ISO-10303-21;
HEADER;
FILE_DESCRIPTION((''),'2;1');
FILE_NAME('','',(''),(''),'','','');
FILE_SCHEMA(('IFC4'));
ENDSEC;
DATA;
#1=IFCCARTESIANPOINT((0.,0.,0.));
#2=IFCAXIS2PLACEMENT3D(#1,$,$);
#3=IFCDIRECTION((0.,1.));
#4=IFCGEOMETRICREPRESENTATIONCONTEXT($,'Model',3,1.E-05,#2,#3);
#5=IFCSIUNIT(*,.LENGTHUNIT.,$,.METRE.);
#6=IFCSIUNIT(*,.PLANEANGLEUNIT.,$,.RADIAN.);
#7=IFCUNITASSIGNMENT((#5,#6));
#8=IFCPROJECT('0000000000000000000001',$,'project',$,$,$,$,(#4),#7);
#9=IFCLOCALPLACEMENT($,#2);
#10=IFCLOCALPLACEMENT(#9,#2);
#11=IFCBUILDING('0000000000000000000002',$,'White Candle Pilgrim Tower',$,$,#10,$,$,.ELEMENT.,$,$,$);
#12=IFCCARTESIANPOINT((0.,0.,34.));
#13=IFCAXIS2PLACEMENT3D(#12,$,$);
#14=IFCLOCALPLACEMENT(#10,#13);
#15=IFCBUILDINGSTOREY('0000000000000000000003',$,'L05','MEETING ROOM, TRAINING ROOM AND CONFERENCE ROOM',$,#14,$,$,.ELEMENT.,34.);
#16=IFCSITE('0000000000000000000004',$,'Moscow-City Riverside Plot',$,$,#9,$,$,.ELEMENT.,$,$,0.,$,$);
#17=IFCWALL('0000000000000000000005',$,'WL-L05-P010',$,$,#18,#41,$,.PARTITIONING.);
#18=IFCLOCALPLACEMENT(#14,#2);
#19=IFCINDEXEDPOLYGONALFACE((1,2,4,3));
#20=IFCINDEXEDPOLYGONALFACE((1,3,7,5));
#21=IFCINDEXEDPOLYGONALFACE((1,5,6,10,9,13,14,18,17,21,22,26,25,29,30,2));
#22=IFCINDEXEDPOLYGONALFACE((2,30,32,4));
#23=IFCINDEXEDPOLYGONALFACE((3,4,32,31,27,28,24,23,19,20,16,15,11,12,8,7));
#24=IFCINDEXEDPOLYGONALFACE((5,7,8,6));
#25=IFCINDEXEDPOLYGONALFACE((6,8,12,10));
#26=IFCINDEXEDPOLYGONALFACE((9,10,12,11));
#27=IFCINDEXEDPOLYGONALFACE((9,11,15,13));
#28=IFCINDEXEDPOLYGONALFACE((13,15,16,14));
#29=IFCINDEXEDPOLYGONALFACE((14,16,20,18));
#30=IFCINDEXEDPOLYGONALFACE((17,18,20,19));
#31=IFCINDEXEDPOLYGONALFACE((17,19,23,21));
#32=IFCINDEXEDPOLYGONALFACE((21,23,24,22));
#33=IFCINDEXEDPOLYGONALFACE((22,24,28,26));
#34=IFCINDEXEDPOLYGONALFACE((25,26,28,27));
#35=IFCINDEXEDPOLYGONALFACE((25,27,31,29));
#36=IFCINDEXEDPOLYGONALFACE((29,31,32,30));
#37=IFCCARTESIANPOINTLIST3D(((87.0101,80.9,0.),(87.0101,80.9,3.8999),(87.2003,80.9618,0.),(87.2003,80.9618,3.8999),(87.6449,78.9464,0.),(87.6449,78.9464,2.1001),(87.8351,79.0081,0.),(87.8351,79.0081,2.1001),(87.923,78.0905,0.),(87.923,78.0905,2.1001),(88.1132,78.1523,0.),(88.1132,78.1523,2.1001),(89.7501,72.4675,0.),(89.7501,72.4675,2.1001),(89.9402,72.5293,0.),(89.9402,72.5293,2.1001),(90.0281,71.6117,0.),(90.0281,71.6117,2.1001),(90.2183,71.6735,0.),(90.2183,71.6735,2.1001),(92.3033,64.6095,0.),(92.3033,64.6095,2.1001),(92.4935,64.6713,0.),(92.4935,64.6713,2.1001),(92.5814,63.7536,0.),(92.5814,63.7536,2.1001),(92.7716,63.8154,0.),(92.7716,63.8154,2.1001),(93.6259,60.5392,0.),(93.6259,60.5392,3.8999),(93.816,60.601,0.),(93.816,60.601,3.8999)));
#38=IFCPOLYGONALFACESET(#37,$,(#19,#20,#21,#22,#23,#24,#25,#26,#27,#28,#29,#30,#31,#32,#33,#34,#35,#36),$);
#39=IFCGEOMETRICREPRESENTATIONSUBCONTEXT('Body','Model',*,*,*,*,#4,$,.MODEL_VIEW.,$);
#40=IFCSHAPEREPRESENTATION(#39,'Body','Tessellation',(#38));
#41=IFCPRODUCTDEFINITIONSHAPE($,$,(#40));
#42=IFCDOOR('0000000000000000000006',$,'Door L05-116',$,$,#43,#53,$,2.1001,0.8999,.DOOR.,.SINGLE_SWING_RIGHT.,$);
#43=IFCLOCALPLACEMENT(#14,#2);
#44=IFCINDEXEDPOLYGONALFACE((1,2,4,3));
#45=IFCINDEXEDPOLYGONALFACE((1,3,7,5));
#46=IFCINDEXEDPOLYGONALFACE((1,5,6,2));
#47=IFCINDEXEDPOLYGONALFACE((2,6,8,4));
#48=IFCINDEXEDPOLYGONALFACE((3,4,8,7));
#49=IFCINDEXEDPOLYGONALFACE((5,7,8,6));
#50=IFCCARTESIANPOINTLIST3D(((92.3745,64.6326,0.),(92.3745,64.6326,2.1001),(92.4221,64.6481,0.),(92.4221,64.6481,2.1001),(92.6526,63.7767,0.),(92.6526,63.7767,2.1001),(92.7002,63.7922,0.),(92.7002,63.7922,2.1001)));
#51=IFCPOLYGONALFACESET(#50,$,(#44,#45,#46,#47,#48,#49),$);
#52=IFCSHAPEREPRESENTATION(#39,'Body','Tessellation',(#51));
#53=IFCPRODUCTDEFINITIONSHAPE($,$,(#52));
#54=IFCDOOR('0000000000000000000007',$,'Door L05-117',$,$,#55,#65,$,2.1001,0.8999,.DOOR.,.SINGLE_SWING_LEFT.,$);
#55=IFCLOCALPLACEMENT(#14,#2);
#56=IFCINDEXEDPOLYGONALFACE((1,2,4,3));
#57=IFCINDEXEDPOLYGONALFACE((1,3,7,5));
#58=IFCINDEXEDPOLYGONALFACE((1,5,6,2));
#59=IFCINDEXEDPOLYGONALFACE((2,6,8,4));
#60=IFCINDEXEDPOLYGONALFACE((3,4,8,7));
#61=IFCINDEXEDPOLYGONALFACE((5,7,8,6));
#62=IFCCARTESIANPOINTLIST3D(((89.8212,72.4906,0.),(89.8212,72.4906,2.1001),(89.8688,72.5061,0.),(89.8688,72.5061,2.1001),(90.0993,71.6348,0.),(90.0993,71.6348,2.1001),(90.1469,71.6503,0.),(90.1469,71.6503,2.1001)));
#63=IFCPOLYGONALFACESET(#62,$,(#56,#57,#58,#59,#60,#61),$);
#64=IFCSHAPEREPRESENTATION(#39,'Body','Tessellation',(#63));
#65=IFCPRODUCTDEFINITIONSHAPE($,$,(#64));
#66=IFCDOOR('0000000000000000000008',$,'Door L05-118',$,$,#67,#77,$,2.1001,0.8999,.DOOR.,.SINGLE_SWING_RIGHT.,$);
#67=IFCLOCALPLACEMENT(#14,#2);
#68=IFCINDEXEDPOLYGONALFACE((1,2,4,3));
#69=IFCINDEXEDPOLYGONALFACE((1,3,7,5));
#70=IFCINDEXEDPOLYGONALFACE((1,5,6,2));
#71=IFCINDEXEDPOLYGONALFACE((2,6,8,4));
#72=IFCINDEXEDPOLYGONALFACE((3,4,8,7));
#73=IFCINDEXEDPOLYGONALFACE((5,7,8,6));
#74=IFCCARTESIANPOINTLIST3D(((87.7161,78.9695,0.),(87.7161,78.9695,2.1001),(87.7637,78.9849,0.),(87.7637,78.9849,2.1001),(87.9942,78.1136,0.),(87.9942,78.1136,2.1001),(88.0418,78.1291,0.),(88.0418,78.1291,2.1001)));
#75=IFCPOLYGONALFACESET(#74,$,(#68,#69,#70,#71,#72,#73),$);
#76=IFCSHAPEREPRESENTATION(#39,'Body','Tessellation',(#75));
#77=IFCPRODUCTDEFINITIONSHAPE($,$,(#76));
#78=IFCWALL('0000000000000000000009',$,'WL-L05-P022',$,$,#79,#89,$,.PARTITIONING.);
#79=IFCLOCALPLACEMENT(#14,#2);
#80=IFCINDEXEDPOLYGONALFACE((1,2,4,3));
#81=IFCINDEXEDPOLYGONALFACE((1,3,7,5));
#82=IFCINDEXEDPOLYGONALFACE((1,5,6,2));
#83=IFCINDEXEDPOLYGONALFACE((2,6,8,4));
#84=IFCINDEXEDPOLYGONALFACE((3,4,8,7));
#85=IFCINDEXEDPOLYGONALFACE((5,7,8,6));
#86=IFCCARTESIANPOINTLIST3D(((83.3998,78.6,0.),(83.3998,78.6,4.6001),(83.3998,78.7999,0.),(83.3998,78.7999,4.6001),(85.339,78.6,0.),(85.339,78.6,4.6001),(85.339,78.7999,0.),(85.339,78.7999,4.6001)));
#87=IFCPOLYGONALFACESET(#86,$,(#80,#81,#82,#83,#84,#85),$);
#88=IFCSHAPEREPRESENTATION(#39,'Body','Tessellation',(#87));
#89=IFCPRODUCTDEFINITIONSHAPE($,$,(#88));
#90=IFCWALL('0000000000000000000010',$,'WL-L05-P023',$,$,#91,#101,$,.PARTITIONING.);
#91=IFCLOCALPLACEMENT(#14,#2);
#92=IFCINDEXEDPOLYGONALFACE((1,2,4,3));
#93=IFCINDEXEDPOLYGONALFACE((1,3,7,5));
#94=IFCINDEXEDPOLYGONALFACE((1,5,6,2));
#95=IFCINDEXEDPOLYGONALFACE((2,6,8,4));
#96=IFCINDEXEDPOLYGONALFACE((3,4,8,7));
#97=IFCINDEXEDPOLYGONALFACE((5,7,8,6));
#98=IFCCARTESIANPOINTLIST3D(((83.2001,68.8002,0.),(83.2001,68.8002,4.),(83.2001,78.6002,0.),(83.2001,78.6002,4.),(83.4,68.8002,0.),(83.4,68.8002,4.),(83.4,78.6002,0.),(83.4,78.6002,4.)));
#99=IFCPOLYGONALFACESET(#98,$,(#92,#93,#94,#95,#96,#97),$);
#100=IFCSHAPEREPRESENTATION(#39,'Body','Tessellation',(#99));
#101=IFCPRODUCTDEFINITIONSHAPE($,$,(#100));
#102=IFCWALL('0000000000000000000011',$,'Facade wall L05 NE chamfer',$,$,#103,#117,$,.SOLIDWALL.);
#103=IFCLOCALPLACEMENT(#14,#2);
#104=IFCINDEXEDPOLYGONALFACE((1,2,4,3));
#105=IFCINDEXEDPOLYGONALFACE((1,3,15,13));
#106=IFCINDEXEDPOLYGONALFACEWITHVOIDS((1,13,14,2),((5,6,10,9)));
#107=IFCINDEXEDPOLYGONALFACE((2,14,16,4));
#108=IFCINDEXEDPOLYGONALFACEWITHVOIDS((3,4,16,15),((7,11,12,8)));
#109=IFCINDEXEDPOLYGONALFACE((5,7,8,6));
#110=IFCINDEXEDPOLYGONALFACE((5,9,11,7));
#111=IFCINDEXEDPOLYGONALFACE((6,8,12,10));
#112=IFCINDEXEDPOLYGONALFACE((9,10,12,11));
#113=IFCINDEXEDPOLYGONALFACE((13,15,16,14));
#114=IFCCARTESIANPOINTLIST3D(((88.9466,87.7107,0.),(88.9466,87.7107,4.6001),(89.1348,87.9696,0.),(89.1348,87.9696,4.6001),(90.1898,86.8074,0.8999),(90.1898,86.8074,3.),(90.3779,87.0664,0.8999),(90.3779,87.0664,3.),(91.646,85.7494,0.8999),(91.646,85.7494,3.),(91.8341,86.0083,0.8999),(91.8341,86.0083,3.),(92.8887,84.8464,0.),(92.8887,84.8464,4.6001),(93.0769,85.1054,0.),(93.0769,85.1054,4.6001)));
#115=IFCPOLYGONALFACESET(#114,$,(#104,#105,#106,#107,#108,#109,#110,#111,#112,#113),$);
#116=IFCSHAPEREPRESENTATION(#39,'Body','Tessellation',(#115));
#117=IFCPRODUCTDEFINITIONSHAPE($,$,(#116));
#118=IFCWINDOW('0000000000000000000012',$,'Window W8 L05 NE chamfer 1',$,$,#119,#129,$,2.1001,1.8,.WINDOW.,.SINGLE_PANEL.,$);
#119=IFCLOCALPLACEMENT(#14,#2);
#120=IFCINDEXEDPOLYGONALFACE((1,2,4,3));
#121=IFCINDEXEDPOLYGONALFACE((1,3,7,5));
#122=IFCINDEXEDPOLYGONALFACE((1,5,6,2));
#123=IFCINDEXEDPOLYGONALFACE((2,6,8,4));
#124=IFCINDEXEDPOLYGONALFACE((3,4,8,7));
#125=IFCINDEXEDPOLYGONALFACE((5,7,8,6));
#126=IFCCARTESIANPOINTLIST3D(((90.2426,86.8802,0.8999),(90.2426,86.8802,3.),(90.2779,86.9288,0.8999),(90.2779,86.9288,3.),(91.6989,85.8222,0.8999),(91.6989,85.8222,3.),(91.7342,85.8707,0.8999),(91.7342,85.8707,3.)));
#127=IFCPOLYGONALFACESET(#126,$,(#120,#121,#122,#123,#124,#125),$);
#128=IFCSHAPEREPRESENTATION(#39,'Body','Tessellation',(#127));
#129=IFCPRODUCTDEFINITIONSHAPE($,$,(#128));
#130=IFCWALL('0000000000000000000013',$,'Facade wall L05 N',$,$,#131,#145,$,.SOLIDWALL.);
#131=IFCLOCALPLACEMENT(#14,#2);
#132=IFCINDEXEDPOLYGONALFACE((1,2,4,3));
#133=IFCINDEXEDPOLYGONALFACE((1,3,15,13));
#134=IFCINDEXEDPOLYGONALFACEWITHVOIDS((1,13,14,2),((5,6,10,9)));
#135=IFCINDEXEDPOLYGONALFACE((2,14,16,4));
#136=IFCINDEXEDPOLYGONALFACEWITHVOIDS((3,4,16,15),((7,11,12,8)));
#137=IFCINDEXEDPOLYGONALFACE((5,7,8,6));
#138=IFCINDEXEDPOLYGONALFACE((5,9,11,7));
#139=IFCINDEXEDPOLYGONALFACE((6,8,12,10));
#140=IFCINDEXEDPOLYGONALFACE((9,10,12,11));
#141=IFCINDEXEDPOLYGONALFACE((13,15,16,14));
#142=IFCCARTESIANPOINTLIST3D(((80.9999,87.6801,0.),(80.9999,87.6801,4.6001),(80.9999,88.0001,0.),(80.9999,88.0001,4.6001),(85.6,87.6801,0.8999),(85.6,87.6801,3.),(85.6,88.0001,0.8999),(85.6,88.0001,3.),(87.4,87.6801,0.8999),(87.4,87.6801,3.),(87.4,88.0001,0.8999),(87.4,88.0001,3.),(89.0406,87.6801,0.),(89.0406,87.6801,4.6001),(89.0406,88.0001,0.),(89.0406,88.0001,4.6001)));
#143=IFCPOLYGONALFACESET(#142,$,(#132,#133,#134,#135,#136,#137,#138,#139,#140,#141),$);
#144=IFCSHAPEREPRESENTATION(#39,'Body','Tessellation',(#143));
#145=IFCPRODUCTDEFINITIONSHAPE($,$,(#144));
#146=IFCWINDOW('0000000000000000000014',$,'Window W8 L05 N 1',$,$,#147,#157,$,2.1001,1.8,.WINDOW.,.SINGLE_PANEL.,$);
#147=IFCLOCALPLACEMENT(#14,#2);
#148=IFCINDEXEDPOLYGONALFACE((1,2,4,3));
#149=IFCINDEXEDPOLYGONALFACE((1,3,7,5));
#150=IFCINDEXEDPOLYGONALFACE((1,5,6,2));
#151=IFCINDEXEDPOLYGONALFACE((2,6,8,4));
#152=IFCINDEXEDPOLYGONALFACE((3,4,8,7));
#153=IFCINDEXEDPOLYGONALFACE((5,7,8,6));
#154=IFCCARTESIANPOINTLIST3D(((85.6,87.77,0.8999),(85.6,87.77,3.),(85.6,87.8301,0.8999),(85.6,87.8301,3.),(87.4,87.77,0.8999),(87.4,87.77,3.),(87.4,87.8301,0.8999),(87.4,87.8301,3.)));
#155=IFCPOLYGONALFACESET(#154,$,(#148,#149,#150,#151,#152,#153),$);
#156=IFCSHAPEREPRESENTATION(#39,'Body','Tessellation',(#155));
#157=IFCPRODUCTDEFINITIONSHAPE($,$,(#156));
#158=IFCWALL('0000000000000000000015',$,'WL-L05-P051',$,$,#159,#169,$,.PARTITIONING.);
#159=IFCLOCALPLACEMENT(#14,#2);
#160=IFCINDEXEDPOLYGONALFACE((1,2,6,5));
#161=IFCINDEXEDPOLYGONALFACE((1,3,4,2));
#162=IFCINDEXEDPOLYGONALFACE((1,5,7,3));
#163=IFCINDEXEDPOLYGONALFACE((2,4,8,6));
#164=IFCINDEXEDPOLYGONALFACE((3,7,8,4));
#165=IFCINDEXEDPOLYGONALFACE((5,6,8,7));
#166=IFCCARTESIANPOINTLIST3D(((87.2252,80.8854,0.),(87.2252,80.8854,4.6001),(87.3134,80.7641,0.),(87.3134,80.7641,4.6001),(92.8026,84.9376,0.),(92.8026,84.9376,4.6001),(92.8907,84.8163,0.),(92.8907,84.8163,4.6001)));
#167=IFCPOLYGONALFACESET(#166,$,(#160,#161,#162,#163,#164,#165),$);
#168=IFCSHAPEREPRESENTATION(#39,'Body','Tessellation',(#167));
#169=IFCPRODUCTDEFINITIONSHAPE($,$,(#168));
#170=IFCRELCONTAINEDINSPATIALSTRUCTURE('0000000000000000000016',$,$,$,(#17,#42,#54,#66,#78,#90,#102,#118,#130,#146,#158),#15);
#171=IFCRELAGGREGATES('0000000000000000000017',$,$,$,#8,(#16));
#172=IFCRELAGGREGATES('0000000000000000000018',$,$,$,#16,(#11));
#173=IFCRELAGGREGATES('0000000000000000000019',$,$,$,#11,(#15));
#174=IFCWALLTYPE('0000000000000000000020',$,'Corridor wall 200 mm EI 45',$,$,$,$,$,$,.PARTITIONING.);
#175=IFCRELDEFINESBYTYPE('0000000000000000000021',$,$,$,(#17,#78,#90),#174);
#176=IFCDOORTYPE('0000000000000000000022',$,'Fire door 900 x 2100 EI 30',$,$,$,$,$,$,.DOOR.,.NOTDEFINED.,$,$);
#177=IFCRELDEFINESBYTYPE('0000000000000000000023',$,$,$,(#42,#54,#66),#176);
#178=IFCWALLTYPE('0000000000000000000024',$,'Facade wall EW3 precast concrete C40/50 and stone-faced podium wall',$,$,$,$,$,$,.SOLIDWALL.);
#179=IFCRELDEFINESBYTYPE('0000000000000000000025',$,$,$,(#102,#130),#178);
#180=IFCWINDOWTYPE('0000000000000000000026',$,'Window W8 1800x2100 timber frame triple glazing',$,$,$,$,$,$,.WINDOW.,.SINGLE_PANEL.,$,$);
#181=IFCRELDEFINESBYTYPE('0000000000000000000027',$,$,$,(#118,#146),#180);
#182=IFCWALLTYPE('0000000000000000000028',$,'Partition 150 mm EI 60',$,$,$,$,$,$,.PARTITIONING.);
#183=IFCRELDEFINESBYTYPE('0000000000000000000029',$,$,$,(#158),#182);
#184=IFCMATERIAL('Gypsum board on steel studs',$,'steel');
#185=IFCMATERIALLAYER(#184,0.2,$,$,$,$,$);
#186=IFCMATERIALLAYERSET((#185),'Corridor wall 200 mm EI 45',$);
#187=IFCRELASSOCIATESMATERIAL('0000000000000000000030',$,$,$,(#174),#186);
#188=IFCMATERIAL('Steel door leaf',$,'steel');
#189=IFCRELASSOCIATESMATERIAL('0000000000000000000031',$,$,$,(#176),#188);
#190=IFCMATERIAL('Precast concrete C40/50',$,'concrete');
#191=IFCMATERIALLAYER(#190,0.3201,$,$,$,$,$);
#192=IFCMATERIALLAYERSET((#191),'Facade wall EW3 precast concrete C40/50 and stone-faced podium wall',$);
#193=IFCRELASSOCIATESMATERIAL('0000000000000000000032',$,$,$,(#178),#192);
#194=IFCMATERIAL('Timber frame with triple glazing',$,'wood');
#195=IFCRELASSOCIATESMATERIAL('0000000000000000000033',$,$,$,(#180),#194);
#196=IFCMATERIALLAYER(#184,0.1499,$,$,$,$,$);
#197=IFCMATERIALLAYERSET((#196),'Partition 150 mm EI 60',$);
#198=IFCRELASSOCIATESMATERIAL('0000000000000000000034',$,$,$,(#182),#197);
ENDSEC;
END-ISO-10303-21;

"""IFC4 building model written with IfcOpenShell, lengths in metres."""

from ifc_helpers import new_model, si_unit, direction, frame, frame_2d, origin, place, context, subcontext, project, spatial, rectangle, extrude, material, layer, layer_set, type_object, element, fill, save


model = new_model("IFC4")

# Units and contexts
model_context = context("Model", 3, precision=1e-05, world=origin(), true_north=direction((0.0, 1.0)))
body_context = subcontext(model_context, "Body", "Model", "MODEL_VIEW")
ifc_project = project(units=[si_unit("LENGTHUNIT", "METRE"), si_unit("PLANEANGLEUNIT", "RADIAN")], contexts=[model_context])

# Site, building, storey
site_placement = place(None, origin())
site = spatial("IfcSite", under=ifc_project, at=site_placement, Name="Moscow-City Riverside Plot", CompositionType="ELEMENT", RefElevation=0.0)
building_placement = place(site_placement, origin())
building = spatial("IfcBuilding", under=site, at=building_placement, Name="White Candle Pilgrim Tower", CompositionType="ELEMENT")
storey_placement = place(building_placement, frame((0.0, 0.0, 34.0)))
storey = spatial("IfcBuildingStorey", under=building, at=storey_placement, Name="L05", Description="MEETING ROOM, TRAINING ROOM AND CONFERENCE ROOM", CompositionType="ELEMENT", Elevation=34.0)

# Shared definitions
ifc_material_1 = material(Name="Gypsum board on steel studs", Category="steel")
ifc_layer_1 = layer(ifc_material_1, 0.2)
ifc_layer_set_1 = layer_set([ifc_layer_1], Name="Corridor wall 200 mm EI 45")
wall_type_1 = type_object("IfcWallType", Name="Corridor wall 200 mm EI 45", PredefinedType="PARTITIONING", material=ifc_layer_set_1)
ifc_material_2 = material(Name="Steel door leaf", Category="steel")
door_type = type_object("IfcDoorType", Name="Fire door 900 x 2100 EI 30", OperationType="NOTDEFINED", PredefinedType="DOOR", material=ifc_material_2)

# Wall, openings, doors
wall_1_placement = place(storey_placement, frame((87.1052, 80.9309, 0.0), z_axis=(0.0, 0.0, 1.0), x_axis=(0.309021, -0.951055, 0.0)))
wall_1 = element("IfcWall", 1, at=wall_1_placement, inside=storey, type_object=wall_type_1, Name="WL-L05-P010", PredefinedType="PARTITIONING", context=body_context, shape_type="SweptSolid", body=[
    extrude(rectangle(XDim=21.4087, YDim=0.2, at=frame_2d((10.7043, 0.0))), origin(), (0.0, 0.0, 1.0), 3.8999),
])
opening_1_placement = place(wall_1_placement, frame((17.1289, 0.0, 0.0)))
opening_1 = element("IfcOpeningElement", 2, at=opening_1_placement, cuts=wall_1, PredefinedType="OPENING", context=body_context, shape_type="SweptSolid", body=[
    extrude(rectangle(XDim=0.8999, YDim=2.1001, at=frame_2d((0.45, 1.05))), frame((0.0, 0.1099, 0.0), z_axis=(0.0, -1.0, 0.0), x_axis=(1.0, 0.0, 0.0)), (0.0, 0.0, 1.0), 0.22),
])
opening_2_placement = place(wall_1_placement, frame((8.8665, 0.0, 0.0)))
opening_2 = element("IfcOpeningElement", 3, at=opening_2_placement, cuts=wall_1, PredefinedType="OPENING", context=body_context, shape_type="SweptSolid", body=[
    extrude(rectangle(XDim=0.8999, YDim=2.1001, at=frame_2d((0.45, 1.05))), frame((0.0, 0.1099, 0.0), z_axis=(0.0, -1.0, 0.0), x_axis=(1.0, 0.0, 0.0)), (0.0, 0.0, 1.0), 0.22),
])
opening_3_placement = place(wall_1_placement, frame((2.0542, 0.0, 0.0)))
opening_3 = element("IfcOpeningElement", 4, at=opening_3_placement, cuts=wall_1, PredefinedType="OPENING", context=body_context, shape_type="SweptSolid", body=[
    extrude(rectangle(XDim=0.8999, YDim=2.1001, at=frame_2d((0.45, 1.05))), frame((0.0, 0.1099, 0.0), z_axis=(0.0, -1.0, 0.0), x_axis=(1.0, 0.0, 0.0)), (0.0, 0.0, 1.0), 0.22),
])
door_1_placement = place(opening_1_placement, origin())
door_1 = element("IfcDoor", 5, at=door_1_placement, inside=storey, type_object=door_type, Name="Door L05-116", OperationType="SINGLE_SWING_RIGHT", OverallHeight=2.1001, OverallWidth=0.8999, PredefinedType="DOOR", context=body_context, shape_type="SweptSolid", body=[
    extrude(rectangle(XDim=0.8999, YDim=2.1001, at=frame_2d((0.45, 1.05))), frame((0.0, 0.0249, 0.0), z_axis=(0.0, -1.0, 0.0), x_axis=(1.0, 0.0, 0.0)), (0.0, 0.0, 1.0), 0.05),
])
fill(opening_1, door_1)
door_2_placement = place(opening_2_placement, origin())
door_2 = element("IfcDoor", 6, at=door_2_placement, inside=storey, type_object=door_type, Name="Door L05-117", OperationType="SINGLE_SWING_LEFT", OverallHeight=2.1001, OverallWidth=0.8999, PredefinedType="DOOR", context=body_context, shape_type="SweptSolid", body=[
    extrude(rectangle(XDim=0.8999, YDim=2.1001, at=frame_2d((0.45, 1.05))), frame((0.0, 0.0249, 0.0), z_axis=(0.0, -1.0, 0.0), x_axis=(1.0, 0.0, 0.0)), (0.0, 0.0, 1.0), 0.05),
])
fill(opening_2, door_2)
door_3_placement = place(opening_3_placement, origin())
door_3 = element("IfcDoor", 7, at=door_3_placement, inside=storey, type_object=door_type, Name="Door L05-118", OperationType="SINGLE_SWING_RIGHT", OverallHeight=2.1001, OverallWidth=0.8999, PredefinedType="DOOR", context=body_context, shape_type="SweptSolid", body=[
    extrude(rectangle(XDim=0.8999, YDim=2.1001, at=frame_2d((0.45, 1.05))), frame((0.0, 0.0249, 0.0), z_axis=(0.0, -1.0, 0.0), x_axis=(1.0, 0.0, 0.0)), (0.0, 0.0, 1.0), 0.05),
])
fill(opening_3, door_3)

# Walls
wall_2_placement = place(storey_placement, frame((85.3391, 78.7, 0.0), z_axis=(0.0, 0.0, 1.0), x_axis=(-1.0, 0.0, 0.0)))
element("IfcWall", 8, at=wall_2_placement, inside=storey, type_object=wall_type_1, Name="WL-L05-P022", PredefinedType="PARTITIONING", context=body_context, shape_type="SweptSolid", body=[
    extrude(rectangle(XDim=1.9392, YDim=0.2, at=frame_2d((0.9697, 0.0))), origin(), (0.0, 0.0, 1.0), 4.6001),
])
wall_3_placement = place(storey_placement, frame((83.3, 78.6001, 0.0), z_axis=(0.0, 0.0, 1.0), x_axis=(0.0, -1.0, 0.0)))
element("IfcWall", 9, at=wall_3_placement, inside=storey, type_object=wall_type_1, Name="WL-L05-P023", PredefinedType="PARTITIONING", context=body_context, shape_type="SweptSolid", body=[
    extrude(rectangle(XDim=9.8, YDim=0.2, at=frame_2d((4.8999, 0.0))), origin(), (0.0, 0.0, 1.0), 4.0),
])

# Walls, openings, windows
ifc_material_3 = material(Name="Precast concrete C40/50", Category="concrete")
ifc_layer_2 = layer(ifc_material_3, 0.3201)
ifc_layer_set_2 = layer_set([ifc_layer_2], Name="Facade wall EW3 precast concrete C40/50 and stone-faced podium wall")
wall_type_2 = type_object("IfcWallType", Name="Facade wall EW3 precast concrete C40/50 and stone-faced podium wall", PredefinedType="SOLIDWALL", material=ifc_layer_set_2)
wall_4_placement = place(storey_placement, frame((92.9829, 84.9758, 0.0), z_axis=(0.0, 0.0, 1.0), x_axis=(-0.809005, 0.587802, 0.0)))
wall_4 = element("IfcWall", 10, at=wall_4_placement, inside=storey, type_object=wall_type_2, Name="Facade wall L05 NE chamfer", PredefinedType="SOLIDWALL", context=body_context, shape_type="SweptSolid", body=[
    extrude(rectangle(XDim=4.8728, YDim=0.3201, at=frame_2d((2.4365, 0.0))), origin(), (0.0, 0.0, 1.0), 4.6001),
])
opening_4_placement = place(wall_4_placement, frame((1.5364, 0.0, 0.8999)))
opening_4 = element("IfcOpeningElement", 11, at=opening_4_placement, cuts=wall_4, PredefinedType="OPENING", context=body_context, shape_type="SweptSolid", body=[
    extrude(rectangle(XDim=1.8, YDim=2.1001, at=frame_2d((0.8999, 1.05))), frame((0.0, 0.1699, 0.0), z_axis=(0.0, -1.0, 0.0), x_axis=(1.0, 0.0, 0.0)), (0.0, 0.0, 1.0), 0.3401),
])
ifc_material_4 = material(Name="Timber frame with triple glazing", Category="wood")
window_type = type_object("IfcWindowType", Name="Window W8 1800x2100 timber frame triple glazing", PartitioningType="SINGLE_PANEL", PredefinedType="WINDOW", material=ifc_material_4)
window_1_placement = place(opening_4_placement, origin())
window_1 = element("IfcWindow", 12, at=window_1_placement, inside=storey, type_object=window_type, Name="Window W8 L05 NE chamfer 1", OverallHeight=2.1001, OverallWidth=1.8, PartitioningType="SINGLE_PANEL", PredefinedType="WINDOW", context=body_context, shape_type="SweptSolid", body=[
    extrude(rectangle(XDim=1.8, YDim=2.1001, at=frame_2d((0.8999, 1.05))), frame((0.0, 0.0701, 0.0), z_axis=(0.0, -1.0, 0.0), x_axis=(1.0, 0.0, 0.0)), (0.0, 0.0, 1.0), 0.0601),
])
fill(opening_4, window_1)
wall_5_placement = place(storey_placement, frame((89.0408, 87.8401, 0.0), z_axis=(0.0, 0.0, 1.0), x_axis=(-1.0, 0.0, 0.0)))
wall_5 = element("IfcWall", 13, at=wall_5_placement, inside=storey, type_object=wall_type_2, Name="Facade wall L05 N", PredefinedType="SOLIDWALL", context=body_context, shape_type="SweptSolid", body=[
    extrude(rectangle(XDim=8.0408, YDim=0.3201, at=frame_2d((4.0205, 0.0))), origin(), (0.0, 0.0, 1.0), 4.6001),
])
opening_5_placement = place(wall_5_placement, frame((1.6409, 0.0, 0.8999)))
opening_5 = element("IfcOpeningElement", 14, at=opening_5_placement, cuts=wall_5, PredefinedType="OPENING", context=body_context, shape_type="SweptSolid", body=[
    extrude(rectangle(XDim=1.8, YDim=2.1001, at=frame_2d((0.8999, 1.05))), frame((0.0, 0.1699, 0.0), z_axis=(0.0, -1.0, 0.0), x_axis=(1.0, 0.0, 0.0)), (0.0, 0.0, 1.0), 0.3401),
])
window_2_placement = place(opening_5_placement, origin())
window_2 = element("IfcWindow", 15, at=window_2_placement, inside=storey, type_object=window_type, Name="Window W8 L05 N 1", OverallHeight=2.1001, OverallWidth=1.8, PartitioningType="SINGLE_PANEL", PredefinedType="WINDOW", context=body_context, shape_type="SweptSolid", body=[
    extrude(rectangle(XDim=1.8, YDim=2.1001, at=frame_2d((0.8999, 1.05))), frame((0.0, 0.0701, 0.0), z_axis=(0.0, -1.0, 0.0), x_axis=(1.0, 0.0, 0.0)), (0.0, 0.0, 1.0), 0.0601),
])
fill(opening_5, window_2)

# Wall
ifc_layer_3 = layer(ifc_material_1, 0.1499)
ifc_layer_set_3 = layer_set([ifc_layer_3], Name="Partition 150 mm EI 60")
wall_type_3 = type_object("IfcWallType", Name="Partition 150 mm EI 60", PredefinedType="PARTITIONING", material=ifc_layer_set_3)
wall_6_placement = place(storey_placement, frame((92.8467, 84.877, 0.0), z_axis=(0.0, 0.0, 1.0), x_axis=(-0.809015, -0.587788, 0.0)))
element("IfcWall", 16, at=wall_6_placement, inside=storey, type_object=wall_type_3, Name="WL-L05-P051", PredefinedType="PARTITIONING", context=body_context, shape_type="SweptSolid", body=[
    extrude(rectangle(XDim=6.894, YDim=0.1499, at=frame_2d((3.447, 0.0))), origin(), (0.0, 0.0, 1.0), 4.6001),
])

save(model, "model.ifc")
